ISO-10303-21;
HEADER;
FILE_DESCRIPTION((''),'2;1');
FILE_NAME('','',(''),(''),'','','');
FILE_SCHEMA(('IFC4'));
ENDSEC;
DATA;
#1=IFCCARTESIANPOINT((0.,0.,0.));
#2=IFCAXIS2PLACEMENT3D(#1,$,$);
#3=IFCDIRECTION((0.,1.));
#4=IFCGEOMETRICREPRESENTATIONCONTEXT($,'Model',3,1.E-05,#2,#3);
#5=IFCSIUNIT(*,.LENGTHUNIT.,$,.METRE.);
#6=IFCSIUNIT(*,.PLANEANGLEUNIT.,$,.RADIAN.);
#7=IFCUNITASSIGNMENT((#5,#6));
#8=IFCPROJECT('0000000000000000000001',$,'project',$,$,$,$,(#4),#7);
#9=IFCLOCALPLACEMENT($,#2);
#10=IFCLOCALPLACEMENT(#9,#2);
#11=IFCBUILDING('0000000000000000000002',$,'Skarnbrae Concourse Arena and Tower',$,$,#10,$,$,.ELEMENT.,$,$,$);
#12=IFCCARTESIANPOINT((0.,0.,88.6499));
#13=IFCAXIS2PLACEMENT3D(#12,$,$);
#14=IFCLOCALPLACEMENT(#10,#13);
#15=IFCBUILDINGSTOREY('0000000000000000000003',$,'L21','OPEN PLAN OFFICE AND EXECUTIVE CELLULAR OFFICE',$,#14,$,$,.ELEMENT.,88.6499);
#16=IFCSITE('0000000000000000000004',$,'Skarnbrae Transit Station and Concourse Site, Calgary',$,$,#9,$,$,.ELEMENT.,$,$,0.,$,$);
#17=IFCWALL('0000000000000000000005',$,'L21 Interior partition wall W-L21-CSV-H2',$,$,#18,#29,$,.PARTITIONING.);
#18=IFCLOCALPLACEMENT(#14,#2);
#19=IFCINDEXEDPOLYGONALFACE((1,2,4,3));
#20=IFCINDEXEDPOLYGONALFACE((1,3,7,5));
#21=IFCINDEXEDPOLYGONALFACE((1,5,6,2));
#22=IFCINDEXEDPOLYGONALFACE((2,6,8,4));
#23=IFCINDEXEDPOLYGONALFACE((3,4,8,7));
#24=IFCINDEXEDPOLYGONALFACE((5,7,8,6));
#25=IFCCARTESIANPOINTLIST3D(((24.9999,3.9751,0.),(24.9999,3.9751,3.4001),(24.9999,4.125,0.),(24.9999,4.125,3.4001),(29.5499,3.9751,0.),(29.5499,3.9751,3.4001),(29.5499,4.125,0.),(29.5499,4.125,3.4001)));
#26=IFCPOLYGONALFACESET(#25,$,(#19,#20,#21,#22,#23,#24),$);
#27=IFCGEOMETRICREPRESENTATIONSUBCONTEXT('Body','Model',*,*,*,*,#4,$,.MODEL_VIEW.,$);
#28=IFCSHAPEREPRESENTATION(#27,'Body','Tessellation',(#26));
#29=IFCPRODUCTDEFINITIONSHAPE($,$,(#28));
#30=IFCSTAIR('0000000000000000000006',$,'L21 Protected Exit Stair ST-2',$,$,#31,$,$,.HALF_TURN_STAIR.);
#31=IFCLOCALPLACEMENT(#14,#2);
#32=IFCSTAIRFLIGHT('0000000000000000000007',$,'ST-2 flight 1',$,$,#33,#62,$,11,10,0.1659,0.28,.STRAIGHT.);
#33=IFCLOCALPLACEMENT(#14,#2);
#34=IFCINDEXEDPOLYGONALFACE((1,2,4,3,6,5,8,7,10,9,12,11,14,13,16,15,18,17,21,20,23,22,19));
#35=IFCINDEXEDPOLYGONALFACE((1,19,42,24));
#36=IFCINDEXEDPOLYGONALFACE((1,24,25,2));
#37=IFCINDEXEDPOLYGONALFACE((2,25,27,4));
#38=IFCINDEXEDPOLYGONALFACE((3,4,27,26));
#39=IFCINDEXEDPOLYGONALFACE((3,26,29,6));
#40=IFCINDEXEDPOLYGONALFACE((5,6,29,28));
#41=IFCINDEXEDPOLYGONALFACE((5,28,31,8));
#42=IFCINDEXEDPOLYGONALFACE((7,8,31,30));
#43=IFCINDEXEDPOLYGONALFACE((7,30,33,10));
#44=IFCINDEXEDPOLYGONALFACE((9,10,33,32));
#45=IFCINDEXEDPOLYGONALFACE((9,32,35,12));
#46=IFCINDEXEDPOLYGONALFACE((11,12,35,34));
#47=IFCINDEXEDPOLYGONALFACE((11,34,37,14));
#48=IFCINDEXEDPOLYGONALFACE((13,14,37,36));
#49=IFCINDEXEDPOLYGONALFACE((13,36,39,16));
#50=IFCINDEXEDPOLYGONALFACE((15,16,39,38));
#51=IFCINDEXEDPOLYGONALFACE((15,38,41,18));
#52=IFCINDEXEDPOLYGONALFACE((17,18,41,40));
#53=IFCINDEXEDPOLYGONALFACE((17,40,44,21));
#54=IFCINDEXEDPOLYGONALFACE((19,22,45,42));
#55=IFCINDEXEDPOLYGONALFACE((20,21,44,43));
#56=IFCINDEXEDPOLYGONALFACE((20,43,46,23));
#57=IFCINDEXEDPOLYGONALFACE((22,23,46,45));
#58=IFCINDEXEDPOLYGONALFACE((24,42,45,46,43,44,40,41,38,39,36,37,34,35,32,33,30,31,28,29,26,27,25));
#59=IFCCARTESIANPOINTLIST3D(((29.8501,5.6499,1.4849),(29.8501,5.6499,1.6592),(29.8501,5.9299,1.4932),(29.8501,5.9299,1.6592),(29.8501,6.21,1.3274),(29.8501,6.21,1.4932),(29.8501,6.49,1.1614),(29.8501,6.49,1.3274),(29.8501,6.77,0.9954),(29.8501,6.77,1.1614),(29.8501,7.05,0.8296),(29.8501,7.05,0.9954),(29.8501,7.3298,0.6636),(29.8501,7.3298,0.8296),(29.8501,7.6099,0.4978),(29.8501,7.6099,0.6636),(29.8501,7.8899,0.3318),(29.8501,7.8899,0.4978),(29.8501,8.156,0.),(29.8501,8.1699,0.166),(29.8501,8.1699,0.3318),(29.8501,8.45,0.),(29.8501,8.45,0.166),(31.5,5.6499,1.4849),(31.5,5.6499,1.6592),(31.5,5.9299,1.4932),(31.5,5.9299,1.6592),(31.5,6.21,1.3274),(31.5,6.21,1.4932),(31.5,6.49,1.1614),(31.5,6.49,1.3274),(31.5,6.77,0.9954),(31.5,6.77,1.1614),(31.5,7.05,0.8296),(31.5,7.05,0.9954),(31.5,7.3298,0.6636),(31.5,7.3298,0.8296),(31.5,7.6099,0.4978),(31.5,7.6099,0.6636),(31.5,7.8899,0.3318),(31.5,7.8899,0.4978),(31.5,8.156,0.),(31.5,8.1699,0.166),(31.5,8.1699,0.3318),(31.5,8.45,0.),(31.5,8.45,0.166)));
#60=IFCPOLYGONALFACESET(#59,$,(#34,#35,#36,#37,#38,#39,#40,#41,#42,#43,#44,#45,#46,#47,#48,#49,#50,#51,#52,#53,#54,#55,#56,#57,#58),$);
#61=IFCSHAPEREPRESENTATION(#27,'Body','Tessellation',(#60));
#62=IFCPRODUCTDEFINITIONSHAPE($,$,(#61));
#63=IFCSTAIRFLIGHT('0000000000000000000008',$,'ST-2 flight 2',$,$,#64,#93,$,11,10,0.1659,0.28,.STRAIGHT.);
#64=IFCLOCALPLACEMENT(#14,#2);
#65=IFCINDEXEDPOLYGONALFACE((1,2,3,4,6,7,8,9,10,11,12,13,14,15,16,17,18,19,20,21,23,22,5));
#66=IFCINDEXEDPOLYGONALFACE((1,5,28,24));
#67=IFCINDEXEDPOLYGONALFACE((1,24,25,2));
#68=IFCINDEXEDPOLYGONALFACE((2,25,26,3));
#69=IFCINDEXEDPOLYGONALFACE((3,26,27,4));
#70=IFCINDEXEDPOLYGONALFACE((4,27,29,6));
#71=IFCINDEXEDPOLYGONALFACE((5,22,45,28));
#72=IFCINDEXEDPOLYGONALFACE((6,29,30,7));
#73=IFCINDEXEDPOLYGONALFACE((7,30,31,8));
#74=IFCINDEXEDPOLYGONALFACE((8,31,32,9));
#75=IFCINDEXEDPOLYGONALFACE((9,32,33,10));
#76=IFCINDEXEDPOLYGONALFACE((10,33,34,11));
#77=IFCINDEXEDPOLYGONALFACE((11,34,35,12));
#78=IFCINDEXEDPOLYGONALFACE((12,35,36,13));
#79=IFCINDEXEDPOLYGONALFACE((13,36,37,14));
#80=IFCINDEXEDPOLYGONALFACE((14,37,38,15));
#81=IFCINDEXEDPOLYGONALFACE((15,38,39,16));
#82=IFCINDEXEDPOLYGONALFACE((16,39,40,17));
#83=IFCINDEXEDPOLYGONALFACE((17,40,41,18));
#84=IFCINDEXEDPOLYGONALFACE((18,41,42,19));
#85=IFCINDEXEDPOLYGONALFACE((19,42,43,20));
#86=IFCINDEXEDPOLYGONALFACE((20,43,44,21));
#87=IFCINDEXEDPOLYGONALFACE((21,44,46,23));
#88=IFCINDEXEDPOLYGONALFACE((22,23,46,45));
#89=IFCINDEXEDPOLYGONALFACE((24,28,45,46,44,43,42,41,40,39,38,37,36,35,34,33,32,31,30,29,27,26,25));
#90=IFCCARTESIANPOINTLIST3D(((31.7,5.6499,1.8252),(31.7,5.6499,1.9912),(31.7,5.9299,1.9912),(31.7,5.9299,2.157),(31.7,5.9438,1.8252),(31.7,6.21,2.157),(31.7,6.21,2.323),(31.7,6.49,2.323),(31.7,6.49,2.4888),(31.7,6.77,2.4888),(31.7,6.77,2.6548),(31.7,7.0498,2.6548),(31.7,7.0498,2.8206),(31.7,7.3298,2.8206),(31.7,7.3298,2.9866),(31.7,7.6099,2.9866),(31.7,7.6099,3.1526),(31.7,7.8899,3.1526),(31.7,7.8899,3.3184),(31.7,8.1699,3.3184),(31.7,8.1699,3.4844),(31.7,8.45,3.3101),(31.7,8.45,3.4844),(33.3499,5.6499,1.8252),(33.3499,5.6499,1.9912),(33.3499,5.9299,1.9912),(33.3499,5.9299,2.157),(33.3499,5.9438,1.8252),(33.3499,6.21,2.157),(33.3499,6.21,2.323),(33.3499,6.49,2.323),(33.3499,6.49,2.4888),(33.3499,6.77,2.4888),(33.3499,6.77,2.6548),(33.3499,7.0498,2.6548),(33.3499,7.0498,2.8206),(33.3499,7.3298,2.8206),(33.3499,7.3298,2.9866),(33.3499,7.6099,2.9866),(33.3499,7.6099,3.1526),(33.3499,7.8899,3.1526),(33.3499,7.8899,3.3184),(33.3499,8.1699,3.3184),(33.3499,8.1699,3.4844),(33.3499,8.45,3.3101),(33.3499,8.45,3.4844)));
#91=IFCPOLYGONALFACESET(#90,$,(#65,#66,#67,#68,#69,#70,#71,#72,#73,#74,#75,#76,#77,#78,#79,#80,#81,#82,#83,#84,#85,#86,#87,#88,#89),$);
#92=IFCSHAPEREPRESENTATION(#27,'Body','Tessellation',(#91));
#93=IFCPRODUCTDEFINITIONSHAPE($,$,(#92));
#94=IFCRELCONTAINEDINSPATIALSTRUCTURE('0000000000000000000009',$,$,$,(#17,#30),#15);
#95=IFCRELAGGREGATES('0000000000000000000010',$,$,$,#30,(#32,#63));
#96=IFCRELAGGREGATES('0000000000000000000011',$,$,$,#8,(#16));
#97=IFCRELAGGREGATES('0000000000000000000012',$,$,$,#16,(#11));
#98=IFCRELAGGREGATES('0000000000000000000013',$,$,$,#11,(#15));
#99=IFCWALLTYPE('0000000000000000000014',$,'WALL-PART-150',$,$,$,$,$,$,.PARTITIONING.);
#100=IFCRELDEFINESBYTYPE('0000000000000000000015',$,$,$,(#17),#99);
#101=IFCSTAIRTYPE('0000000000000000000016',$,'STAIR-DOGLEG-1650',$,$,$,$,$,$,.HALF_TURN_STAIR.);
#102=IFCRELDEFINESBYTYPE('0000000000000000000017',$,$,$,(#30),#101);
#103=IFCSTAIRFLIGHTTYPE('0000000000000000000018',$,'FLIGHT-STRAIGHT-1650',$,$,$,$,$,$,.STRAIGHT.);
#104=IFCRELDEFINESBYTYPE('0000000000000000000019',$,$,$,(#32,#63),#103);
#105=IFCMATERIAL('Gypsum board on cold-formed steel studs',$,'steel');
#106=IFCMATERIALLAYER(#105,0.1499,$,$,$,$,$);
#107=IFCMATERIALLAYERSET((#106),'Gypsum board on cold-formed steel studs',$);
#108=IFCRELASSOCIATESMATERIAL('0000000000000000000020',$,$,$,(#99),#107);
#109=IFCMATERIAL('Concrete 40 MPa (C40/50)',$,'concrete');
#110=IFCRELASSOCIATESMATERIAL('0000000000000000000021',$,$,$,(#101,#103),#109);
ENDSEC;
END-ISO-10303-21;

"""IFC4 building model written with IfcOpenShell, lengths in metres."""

from ifc_helpers import new_model, si_unit, direction, frame, frame_2d, origin, place, context, subcontext, project, spatial, polyline, rectangle, outline, extrude, source, transform, mapped, material, layer, layer_set, type_object, element, aggregate, save


model = new_model("IFC4")

# Units and contexts
model_context = context("Model", 3, precision=1e-05, world=origin(), true_north=direction((0.0, 1.0)))
body_context = subcontext(model_context, "Body", "Model", "MODEL_VIEW")
ifc_project = project(units=[si_unit("LENGTHUNIT", "METRE"), si_unit("PLANEANGLEUNIT", "RADIAN")], contexts=[model_context])

# Site, building, storey
site_placement = place(None, origin())
site = spatial("IfcSite", under=ifc_project, at=site_placement, Name="Skarnbrae Transit Station and Concourse Site, Calgary", CompositionType="ELEMENT", RefElevation=0.0)
building_placement = place(site_placement, origin())
building = spatial("IfcBuilding", under=site, at=building_placement, Name="Skarnbrae Concourse Arena and Tower", CompositionType="ELEMENT")
storey_placement = place(building_placement, frame((0.0, 0.0, 88.6499)))
storey = spatial("IfcBuildingStorey", under=building, at=storey_placement, Name="L21", Description="OPEN PLAN OFFICE AND EXECUTIVE CELLULAR OFFICE", CompositionType="ELEMENT", Elevation=88.6499)

# Shared definitions
ifc_material_1 = material(Name="Gypsum board on cold-formed steel studs", Category="steel")
ifc_layer_1 = layer(ifc_material_1, 0.1499)
ifc_layer_set_1 = layer_set([ifc_layer_1], Name="Gypsum board on cold-formed steel studs")
wall_type_1 = type_object("IfcWallType", Name="WALL-PART-150", PredefinedType="PARTITIONING", material=ifc_layer_set_1)

# Wall
shared_shape_1 = source(origin(), body_context, "Body", "SweptSolid", [
    extrude(rectangle(XDim=4.55, YDim=0.1499, at=frame_2d((2.2749, 0.0))), origin(), (0.0, 0.0, 1.0), 3.4001),
])
wall_1_placement = place(storey_placement, frame((25.0, 4.05, 0.0), z_axis=(0.0, 0.0, 1.0), x_axis=(1.0, 0.0, 0.0)))
element("IfcWall", 1, at=wall_1_placement, inside=storey, type_object=wall_type_1, Name="L21 Interior partition wall W-L21-CSV-H2", PredefinedType="PARTITIONING", context=body_context, shape_type="MappedRepresentation", body=[
    mapped(shared_shape_1, transform((0.0, 0.0, 0.0))),
])

# Stair, stair flights
ifc_material_2 = material(Name="Concrete 40 MPa (C40/50)", Category="concrete")
stair_type = type_object("IfcStairType", Name="STAIR-DOGLEG-1650", PredefinedType="HALF_TURN_STAIR", material=ifc_material_2)
stair_placement = place(storey_placement, origin())
stair = element("IfcStair", 2, at=stair_placement, inside=storey, type_object=stair_type, Name="L21 Protected Exit Stair ST-2", PredefinedType="HALF_TURN_STAIR")
stair_flight_type = type_object("IfcStairFlightType", Name="FLIGHT-STRAIGHT-1650", PredefinedType="STRAIGHT", material=ifc_material_2)
shared_shape_2 = source(origin(), body_context, "Body", "SweptSolid", [
    extrude(outline(polyline([(0.0, 0.0), (0.0, 0.166), (0.28, 0.166), (0.28, 0.3318), (0.5601, 0.3318), (0.5601, 0.4978), (0.8401, 0.4978), (0.8401, 0.6636), (1.1201, 0.6636), (1.1201, 0.8296), (1.3999, 0.8296), (1.3999, 0.9954), (1.6799, 0.9954), (1.6799, 1.1614), (1.96, 1.1614), (1.96, 1.3274), (2.24, 1.3274), (2.24, 1.4932), (2.52, 1.4932), (2.52, 1.6592), (2.8, 1.6592), (2.8, 1.825), (2.8, 1.4849), (0.2939, 0.0), (0.0, 0.0)])), frame((0.0, 0.825, 0.0), z_axis=(0.0, -1.0, 0.0), x_axis=(1.0, 0.0, 0.0)), (0.0, 0.0, 1.0), 1.6499),
])
stair_flight_1_placement = place(storey_placement, frame((30.675, 8.45, 0.0), z_axis=(0.0, 0.0, 1.0), x_axis=(0.0, -1.0, 0.0)))
stair_flight_1 = element("IfcStairFlight", 3, at=stair_flight_1_placement, type_object=stair_flight_type, Name="ST-2 flight 1", NumberOfRisers=11, NumberOfTreads=10, PredefinedType="STRAIGHT", RiserHeight=0.1659, TreadLength=0.28, context=body_context, shape_type="MappedRepresentation", body=[
    mapped(shared_shape_2, transform((0.0, 0.0, 0.0))),
])
stair_flight_2_placement = place(storey_placement, frame((32.5249, 5.6499, 1.8252), z_axis=(0.0, 0.0, 1.0), x_axis=(0.0, 1.0, 0.0)))
stair_flight_2 = element("IfcStairFlight", 4, at=stair_flight_2_placement, type_object=stair_flight_type, Name="ST-2 flight 2", NumberOfRisers=11, NumberOfTreads=10, PredefinedType="STRAIGHT", RiserHeight=0.1659, TreadLength=0.28, context=body_context, shape_type="MappedRepresentation", body=[
    mapped(shared_shape_2, transform((0.0, 0.0, 0.0))),
])
aggregate(stair, [stair_flight_1, stair_flight_2])

save(model, "model.ifc")
